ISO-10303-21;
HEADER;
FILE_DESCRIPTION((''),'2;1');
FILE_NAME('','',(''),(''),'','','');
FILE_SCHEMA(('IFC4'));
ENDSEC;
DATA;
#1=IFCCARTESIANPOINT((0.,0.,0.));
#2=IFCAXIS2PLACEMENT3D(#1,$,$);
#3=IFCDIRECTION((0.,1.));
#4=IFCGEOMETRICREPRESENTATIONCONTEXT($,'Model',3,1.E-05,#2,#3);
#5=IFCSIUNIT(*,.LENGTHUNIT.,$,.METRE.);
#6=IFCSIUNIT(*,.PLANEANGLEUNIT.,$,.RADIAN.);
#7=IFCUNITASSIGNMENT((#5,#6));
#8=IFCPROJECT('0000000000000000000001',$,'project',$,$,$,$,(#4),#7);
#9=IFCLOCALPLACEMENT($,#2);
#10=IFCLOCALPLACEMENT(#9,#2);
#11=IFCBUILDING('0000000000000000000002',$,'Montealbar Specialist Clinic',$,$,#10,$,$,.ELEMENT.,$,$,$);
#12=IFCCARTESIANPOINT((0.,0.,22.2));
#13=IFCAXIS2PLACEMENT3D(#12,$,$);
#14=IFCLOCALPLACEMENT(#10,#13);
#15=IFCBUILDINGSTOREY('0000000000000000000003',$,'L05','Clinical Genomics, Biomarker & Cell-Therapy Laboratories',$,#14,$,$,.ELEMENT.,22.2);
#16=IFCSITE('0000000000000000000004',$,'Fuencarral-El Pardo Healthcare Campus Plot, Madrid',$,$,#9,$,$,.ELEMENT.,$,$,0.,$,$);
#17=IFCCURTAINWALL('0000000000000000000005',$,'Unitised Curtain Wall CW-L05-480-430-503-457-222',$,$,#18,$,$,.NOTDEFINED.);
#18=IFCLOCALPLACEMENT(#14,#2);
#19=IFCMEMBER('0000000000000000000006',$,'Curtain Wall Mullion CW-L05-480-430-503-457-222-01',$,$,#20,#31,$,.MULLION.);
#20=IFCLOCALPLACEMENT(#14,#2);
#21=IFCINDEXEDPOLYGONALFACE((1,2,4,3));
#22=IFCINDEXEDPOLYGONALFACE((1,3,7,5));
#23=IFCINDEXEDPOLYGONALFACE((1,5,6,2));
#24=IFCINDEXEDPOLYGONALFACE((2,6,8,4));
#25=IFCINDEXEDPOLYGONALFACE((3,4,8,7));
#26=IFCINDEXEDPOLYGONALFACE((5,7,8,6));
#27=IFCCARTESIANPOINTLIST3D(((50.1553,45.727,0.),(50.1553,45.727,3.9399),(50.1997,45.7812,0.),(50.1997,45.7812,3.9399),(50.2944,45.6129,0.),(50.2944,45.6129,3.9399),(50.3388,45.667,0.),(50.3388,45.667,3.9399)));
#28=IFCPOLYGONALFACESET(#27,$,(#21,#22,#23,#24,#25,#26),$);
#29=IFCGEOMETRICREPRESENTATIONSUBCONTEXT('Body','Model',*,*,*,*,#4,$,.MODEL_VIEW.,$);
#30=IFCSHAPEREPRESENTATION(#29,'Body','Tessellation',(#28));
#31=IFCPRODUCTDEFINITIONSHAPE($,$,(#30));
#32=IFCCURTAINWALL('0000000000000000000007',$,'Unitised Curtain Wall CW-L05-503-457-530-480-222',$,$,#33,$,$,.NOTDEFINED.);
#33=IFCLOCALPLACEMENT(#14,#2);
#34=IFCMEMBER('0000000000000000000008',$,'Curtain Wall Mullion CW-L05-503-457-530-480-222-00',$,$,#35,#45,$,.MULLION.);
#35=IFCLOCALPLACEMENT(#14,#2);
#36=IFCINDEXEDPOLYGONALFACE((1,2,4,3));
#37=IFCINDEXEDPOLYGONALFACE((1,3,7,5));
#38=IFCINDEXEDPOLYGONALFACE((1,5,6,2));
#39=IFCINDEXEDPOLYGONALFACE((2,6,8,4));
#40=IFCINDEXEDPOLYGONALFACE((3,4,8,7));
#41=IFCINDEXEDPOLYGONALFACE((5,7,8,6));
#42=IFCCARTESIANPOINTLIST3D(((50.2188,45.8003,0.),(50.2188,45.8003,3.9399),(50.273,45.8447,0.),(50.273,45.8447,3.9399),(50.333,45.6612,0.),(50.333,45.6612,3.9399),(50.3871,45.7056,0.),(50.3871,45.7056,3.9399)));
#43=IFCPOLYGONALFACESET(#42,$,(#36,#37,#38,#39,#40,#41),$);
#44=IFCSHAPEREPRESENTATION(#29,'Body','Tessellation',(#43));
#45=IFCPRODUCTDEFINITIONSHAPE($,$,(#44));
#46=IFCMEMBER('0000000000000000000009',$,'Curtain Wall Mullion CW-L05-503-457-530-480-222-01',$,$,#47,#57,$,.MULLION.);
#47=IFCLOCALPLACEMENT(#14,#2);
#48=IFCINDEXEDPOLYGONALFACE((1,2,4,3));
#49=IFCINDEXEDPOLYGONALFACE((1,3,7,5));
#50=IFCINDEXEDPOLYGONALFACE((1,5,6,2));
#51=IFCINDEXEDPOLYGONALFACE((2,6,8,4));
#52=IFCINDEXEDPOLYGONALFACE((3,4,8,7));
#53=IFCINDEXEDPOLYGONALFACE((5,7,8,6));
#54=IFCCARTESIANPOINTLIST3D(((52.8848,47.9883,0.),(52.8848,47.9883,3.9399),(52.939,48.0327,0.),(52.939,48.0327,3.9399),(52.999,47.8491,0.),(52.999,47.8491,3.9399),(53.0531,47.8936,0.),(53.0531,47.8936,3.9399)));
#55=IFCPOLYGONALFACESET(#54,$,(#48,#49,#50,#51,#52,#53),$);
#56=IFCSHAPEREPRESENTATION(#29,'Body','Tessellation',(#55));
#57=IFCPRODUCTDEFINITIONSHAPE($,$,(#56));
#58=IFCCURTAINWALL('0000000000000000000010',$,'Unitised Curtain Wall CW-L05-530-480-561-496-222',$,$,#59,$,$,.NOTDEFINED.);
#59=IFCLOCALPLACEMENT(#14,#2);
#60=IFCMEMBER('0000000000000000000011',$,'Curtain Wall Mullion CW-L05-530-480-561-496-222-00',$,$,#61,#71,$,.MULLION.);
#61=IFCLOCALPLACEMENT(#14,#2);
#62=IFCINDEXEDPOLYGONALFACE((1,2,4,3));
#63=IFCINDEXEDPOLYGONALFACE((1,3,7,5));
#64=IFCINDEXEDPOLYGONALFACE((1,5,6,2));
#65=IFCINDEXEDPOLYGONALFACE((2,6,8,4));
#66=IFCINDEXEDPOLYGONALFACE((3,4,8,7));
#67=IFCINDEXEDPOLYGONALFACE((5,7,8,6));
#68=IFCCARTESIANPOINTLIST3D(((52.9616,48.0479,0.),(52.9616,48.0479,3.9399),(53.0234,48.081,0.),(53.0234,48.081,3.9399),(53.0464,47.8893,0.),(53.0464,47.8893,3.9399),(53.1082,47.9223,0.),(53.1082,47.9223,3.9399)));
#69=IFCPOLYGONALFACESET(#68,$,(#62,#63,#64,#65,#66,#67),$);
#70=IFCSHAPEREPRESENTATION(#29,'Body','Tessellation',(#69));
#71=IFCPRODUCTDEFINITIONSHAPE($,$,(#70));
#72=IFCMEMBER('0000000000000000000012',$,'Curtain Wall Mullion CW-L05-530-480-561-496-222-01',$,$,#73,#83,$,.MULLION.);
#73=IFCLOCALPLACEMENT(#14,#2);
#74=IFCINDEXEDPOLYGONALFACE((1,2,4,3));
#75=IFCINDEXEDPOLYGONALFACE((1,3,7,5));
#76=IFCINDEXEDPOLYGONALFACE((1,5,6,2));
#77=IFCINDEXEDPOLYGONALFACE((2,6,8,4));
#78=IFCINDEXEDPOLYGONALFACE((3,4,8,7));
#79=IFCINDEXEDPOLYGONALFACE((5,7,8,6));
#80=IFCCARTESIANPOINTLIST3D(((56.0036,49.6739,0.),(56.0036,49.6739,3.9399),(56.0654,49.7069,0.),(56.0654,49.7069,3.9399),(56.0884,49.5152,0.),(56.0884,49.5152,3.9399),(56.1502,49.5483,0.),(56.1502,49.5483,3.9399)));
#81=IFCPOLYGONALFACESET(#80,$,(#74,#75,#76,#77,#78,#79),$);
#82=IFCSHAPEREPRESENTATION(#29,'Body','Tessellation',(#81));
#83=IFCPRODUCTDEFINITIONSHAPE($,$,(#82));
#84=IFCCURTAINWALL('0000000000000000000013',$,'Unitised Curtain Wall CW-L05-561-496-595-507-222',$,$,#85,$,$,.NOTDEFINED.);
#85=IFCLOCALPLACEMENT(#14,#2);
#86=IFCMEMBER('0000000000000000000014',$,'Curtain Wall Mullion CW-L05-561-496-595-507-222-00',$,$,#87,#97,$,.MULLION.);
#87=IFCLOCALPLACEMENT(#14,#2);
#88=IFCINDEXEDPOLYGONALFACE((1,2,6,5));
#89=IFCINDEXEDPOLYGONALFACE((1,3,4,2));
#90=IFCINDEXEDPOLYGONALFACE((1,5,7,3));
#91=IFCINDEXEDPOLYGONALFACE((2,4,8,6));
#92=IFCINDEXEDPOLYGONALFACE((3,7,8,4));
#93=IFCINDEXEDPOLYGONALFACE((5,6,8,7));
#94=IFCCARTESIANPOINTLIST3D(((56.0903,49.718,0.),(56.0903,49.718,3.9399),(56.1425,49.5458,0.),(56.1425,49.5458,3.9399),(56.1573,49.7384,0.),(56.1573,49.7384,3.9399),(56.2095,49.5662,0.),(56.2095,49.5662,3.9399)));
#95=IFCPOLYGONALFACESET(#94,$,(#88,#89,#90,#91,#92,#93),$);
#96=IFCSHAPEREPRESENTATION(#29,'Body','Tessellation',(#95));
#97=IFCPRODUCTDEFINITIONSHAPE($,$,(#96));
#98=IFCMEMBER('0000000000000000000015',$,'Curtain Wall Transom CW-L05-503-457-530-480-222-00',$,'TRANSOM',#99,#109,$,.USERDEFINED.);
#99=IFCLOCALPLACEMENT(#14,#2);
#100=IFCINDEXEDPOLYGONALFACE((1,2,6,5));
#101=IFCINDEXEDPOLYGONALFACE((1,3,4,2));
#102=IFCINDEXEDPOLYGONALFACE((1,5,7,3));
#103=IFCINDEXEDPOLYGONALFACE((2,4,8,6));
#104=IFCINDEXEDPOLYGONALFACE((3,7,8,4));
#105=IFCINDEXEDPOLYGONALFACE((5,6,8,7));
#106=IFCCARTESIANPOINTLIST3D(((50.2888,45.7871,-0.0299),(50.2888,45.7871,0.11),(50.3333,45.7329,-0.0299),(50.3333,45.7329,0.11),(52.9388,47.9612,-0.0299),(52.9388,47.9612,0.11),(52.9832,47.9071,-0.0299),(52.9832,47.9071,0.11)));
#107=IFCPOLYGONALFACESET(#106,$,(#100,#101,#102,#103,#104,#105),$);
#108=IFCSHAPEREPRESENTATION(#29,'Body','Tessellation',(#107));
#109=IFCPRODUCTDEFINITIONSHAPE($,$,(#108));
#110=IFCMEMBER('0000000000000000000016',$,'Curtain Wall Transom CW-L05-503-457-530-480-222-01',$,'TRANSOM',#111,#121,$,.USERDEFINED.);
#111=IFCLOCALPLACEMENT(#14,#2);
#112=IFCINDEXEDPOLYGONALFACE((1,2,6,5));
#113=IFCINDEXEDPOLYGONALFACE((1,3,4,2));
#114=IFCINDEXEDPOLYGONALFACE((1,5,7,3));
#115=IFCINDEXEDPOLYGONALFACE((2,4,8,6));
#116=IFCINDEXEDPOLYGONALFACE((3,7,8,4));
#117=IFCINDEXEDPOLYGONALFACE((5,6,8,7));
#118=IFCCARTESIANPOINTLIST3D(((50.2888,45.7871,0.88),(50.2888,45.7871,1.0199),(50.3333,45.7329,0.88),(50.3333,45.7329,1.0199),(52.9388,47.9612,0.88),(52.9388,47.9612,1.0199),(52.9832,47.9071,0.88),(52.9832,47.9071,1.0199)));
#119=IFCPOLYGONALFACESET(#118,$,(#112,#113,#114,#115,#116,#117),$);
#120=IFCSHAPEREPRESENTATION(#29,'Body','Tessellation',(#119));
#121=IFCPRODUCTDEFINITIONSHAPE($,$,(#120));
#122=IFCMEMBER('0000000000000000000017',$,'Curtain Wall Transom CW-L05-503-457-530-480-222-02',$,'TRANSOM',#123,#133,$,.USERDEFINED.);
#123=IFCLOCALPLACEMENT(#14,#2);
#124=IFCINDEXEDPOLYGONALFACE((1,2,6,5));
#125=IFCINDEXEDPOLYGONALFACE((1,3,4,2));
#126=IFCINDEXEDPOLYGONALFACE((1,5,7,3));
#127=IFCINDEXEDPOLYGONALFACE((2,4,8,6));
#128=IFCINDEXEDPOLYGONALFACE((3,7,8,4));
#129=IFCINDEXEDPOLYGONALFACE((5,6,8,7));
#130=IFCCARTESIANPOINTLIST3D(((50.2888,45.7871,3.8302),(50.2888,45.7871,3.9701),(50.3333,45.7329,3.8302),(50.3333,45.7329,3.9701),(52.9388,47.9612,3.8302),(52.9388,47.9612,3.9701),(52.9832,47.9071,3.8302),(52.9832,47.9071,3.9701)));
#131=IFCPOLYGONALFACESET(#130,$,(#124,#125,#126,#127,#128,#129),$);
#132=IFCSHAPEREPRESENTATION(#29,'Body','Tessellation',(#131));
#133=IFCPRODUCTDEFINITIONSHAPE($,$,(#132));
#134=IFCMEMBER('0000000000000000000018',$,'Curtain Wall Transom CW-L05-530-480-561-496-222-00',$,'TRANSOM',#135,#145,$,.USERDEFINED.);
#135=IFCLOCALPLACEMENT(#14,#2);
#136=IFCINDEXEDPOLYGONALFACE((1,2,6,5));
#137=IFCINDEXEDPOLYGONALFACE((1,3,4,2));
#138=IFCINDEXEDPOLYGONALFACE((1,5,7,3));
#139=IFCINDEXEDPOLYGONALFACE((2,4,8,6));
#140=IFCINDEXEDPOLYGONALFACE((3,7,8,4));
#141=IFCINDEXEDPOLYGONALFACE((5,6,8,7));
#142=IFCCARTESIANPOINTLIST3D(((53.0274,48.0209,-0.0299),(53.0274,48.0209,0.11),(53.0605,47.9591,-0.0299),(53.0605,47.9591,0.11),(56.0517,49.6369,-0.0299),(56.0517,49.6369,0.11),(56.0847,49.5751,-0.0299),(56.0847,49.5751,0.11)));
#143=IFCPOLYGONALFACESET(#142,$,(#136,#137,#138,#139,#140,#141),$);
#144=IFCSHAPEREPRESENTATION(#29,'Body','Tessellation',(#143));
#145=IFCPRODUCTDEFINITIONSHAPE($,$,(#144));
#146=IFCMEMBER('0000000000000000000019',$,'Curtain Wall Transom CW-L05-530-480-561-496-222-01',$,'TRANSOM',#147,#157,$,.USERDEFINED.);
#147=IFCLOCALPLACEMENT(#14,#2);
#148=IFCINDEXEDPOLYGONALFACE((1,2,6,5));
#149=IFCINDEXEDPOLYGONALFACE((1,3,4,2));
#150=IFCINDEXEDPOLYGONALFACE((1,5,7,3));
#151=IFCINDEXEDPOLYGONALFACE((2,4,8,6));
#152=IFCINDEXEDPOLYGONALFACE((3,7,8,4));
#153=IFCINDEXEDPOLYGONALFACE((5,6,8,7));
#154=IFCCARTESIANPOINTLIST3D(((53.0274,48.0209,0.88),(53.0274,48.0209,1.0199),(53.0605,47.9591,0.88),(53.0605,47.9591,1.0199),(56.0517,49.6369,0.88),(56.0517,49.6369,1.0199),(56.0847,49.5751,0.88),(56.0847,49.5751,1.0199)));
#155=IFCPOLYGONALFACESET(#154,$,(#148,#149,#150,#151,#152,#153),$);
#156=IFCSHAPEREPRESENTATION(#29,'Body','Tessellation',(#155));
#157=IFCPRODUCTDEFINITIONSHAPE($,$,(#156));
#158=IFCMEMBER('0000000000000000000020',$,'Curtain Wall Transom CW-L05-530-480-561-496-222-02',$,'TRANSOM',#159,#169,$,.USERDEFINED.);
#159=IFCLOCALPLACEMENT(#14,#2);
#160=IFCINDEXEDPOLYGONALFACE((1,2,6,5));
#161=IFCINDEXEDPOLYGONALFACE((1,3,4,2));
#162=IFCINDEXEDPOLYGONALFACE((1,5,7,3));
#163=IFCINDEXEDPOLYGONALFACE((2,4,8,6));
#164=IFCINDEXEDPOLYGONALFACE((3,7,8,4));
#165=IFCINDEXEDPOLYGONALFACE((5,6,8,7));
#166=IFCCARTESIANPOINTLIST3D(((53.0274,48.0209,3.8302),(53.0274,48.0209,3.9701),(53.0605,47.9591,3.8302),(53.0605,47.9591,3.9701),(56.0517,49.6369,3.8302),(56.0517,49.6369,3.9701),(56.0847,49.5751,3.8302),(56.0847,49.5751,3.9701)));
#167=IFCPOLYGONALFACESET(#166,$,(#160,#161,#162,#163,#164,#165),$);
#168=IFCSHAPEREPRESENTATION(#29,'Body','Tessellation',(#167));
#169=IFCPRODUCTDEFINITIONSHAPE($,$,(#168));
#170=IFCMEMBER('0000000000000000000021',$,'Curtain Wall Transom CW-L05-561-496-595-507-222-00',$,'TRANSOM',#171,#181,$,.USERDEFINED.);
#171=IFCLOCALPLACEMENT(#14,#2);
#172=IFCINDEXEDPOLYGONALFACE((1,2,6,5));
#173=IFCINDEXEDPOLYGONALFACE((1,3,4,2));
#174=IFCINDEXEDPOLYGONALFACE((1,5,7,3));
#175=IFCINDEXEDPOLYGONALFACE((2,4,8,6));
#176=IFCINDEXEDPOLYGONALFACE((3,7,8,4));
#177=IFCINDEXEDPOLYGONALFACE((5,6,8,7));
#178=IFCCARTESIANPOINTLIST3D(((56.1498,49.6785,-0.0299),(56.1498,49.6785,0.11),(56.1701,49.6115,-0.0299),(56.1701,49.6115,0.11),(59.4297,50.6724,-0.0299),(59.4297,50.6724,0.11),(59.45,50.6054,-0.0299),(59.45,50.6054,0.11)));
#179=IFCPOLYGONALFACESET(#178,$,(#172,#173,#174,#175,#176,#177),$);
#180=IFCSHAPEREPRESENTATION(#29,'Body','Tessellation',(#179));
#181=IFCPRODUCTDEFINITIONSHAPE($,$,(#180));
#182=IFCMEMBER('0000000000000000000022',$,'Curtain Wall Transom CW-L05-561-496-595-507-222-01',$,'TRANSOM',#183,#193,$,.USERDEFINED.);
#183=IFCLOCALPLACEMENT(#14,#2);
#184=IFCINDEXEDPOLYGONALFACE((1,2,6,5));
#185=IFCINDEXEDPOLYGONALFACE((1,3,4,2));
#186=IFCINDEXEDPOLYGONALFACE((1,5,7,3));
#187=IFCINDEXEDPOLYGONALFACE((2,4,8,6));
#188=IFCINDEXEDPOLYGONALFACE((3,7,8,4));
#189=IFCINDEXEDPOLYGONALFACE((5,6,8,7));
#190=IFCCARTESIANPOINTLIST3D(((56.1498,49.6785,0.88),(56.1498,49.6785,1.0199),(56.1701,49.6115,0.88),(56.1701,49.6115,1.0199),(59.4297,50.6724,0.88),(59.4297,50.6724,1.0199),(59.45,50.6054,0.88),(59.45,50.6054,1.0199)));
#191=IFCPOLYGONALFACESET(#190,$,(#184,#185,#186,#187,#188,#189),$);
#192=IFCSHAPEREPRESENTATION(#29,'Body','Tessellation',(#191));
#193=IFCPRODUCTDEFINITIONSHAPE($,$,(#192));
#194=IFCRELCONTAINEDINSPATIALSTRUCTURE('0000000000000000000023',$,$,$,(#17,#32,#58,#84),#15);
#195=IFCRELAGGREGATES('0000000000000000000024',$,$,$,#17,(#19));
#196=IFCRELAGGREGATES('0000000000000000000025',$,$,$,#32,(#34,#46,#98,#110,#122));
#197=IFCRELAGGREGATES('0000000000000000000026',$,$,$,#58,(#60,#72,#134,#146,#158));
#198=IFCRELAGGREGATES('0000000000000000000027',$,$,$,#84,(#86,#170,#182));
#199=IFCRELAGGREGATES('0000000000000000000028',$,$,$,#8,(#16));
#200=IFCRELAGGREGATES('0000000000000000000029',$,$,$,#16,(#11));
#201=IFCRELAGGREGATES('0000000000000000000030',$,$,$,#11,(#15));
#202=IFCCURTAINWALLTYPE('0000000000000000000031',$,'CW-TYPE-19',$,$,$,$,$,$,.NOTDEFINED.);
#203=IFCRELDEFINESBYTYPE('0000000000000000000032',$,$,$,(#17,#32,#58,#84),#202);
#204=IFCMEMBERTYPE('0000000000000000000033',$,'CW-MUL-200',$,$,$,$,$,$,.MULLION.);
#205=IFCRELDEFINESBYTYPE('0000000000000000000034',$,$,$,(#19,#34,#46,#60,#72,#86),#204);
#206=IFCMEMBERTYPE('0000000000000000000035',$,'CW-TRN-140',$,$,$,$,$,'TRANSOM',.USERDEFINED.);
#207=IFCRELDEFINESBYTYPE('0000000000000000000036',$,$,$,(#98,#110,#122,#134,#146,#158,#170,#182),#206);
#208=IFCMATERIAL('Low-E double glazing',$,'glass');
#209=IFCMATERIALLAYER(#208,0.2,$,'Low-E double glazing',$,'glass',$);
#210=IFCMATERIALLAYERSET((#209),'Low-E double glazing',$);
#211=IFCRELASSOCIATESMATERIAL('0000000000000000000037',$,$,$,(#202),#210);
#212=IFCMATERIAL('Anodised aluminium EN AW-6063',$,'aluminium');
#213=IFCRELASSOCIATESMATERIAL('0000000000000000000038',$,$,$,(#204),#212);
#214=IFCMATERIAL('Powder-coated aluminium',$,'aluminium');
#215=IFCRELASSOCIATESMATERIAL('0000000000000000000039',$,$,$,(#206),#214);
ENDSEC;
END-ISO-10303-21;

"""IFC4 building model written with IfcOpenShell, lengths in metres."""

from ifc_helpers import new_model, si_unit, direction, frame, origin, origin_2d, place, context, subcontext, project, spatial, rectangle, extrude, material, layer, layer_set, material_profile, profile_set, type_object, element, aggregate, save


model = new_model("IFC4")

# Units and contexts
model_context = context("Model", 3, precision=1e-05, world=origin(), true_north=direction((0.0, 1.0)))
body_context = subcontext(model_context, "Body", "Model", "MODEL_VIEW")
ifc_project = project(units=[si_unit("LENGTHUNIT", "METRE"), si_unit("PLANEANGLEUNIT", "RADIAN")], contexts=[model_context])

# Site, building, storey
site_placement = place(None, origin())
site = spatial("IfcSite", under=ifc_project, at=site_placement, Name="Fuencarral-El Pardo Healthcare Campus Plot, Madrid", CompositionType="ELEMENT", RefElevation=0.0)
building_placement = place(site_placement, origin())
building = spatial("IfcBuilding", under=site, at=building_placement, Name="Montealbar Specialist Clinic", CompositionType="ELEMENT")
storey_placement = place(building_placement, frame((0.0, 0.0, 22.2)))
storey = spatial("IfcBuildingStorey", under=building, at=storey_placement, Name="L05", Description="Clinical Genomics, Biomarker & Cell-Therapy Laboratories", CompositionType="ELEMENT", Elevation=22.2)

# Curtain wall, member
ifc_material_1 = material(Name="Low-E double glazing", Category="glass")
ifc_layer_1 = layer(ifc_material_1, 0.2, Name="Low-E double glazing", Category="glass")
ifc_layer_set_1 = layer_set([ifc_layer_1], Name="Low-E double glazing")
curtain_wall_type = type_object("IfcCurtainWallType", Name="CW-TYPE-19", PredefinedType="NOTDEFINED", material=ifc_layer_set_1)
curtain_wall_1_placement = place(storey_placement, origin())
curtain_wall_1 = element("IfcCurtainWall", 1, at=curtain_wall_1_placement, inside=storey, type_object=curtain_wall_type, Name="Unitised Curtain Wall CW-L05-480-430-503-457-222", PredefinedType="NOTDEFINED")
ifc_material_2 = material(Name="Anodised aluminium EN AW-6063", Category="aluminium")
ifc_material_profile_1 = material_profile(ifc_material_2, rectangle(XDim=0.0701, YDim=0.1799, at=origin_2d()), Name="ALU 70x180", Category="aluminium")
ifc_profile_set_1 = profile_set([ifc_material_profile_1], Name="Anodised aluminium EN AW-6063")
member_type_1 = type_object("IfcMemberType", Name="CW-MUL-200", PredefinedType="MULLION", material=ifc_profile_set_1)
member_1_placement = place(storey_placement, frame((50.2471, 45.697, 0.0), z_axis=(0.0, 0.0, 1.0), x_axis=(0.634256, 0.773123, 0.0)))
member_1 = element("IfcMember", 2, at=member_1_placement, type_object=member_type_1, Name="Curtain Wall Mullion CW-L05-480-430-503-457-222-01", PredefinedType="MULLION", context=body_context, shape_type="SweptSolid", body=[
    extrude(rectangle(XDim=0.0701, YDim=0.1799, at=origin_2d()), origin(), (0.0, 0.0, 1.0), 3.9399),
])
aggregate(curtain_wall_1, [member_1])

# Curtain walls, members
curtain_wall_2_placement = place(storey_placement, origin())
curtain_wall_2 = element("IfcCurtainWall", 3, at=curtain_wall_2_placement, inside=storey, type_object=curtain_wall_type, Name="Unitised Curtain Wall CW-L05-503-457-530-480-222", PredefinedType="NOTDEFINED")
member_2_placement = place(storey_placement, frame((50.303, 45.7529, 0.0), z_axis=(0.0, 0.0, 1.0), x_axis=(0.773123, 0.634256, 0.0)))
member_2 = element("IfcMember", 4, at=member_2_placement, type_object=member_type_1, Name="Curtain Wall Mullion CW-L05-503-457-530-480-222-00", PredefinedType="MULLION", context=body_context, shape_type="SweptSolid", body=[
    extrude(rectangle(XDim=0.0701, YDim=0.1799, at=origin_2d()), origin(), (0.0, 0.0, 1.0), 3.9399),
])
member_3_placement = place(storey_placement, frame((52.969, 47.9409, 0.0), z_axis=(0.0, 0.0, 1.0), x_axis=(0.773123, 0.634256, 0.0)))
member_3 = element("IfcMember", 5, at=member_3_placement, type_object=member_type_1, Name="Curtain Wall Mullion CW-L05-503-457-530-480-222-01", PredefinedType="MULLION", context=body_context, shape_type="SweptSolid", body=[
    extrude(rectangle(XDim=0.0701, YDim=0.1799, at=origin_2d()), origin(), (0.0, 0.0, 1.0), 3.9399),
])
curtain_wall_3_placement = place(storey_placement, origin())
curtain_wall_3 = element("IfcCurtainWall", 6, at=curtain_wall_3_placement, inside=storey, type_object=curtain_wall_type, Name="Unitised Curtain Wall CW-L05-530-480-561-496-222", PredefinedType="NOTDEFINED")
member_4_placement = place(storey_placement, frame((53.0349, 47.9851, 0.0), z_axis=(0.0, 0.0, 1.0), x_axis=(0.88185, 0.471529, 0.0)))
member_4 = element("IfcMember", 7, at=member_4_placement, type_object=member_type_1, Name="Curtain Wall Mullion CW-L05-530-480-561-496-222-00", PredefinedType="MULLION", context=body_context, shape_type="SweptSolid", body=[
    extrude(rectangle(XDim=0.0701, YDim=0.1799, at=origin_2d()), origin(), (0.0, 0.0, 1.0), 3.9399),
])
member_5_placement = place(storey_placement, frame((56.0769, 49.6111, 0.0), z_axis=(0.0, 0.0, 1.0), x_axis=(0.88185, 0.471529, 0.0)))
member_5 = element("IfcMember", 8, at=member_5_placement, type_object=member_type_1, Name="Curtain Wall Mullion CW-L05-530-480-561-496-222-01", PredefinedType="MULLION", context=body_context, shape_type="SweptSolid", body=[
    extrude(rectangle(XDim=0.0701, YDim=0.1799, at=origin_2d()), origin(), (0.0, 0.0, 1.0), 3.9399),
])

# Curtain wall, member
curtain_wall_4_placement = place(storey_placement, origin())
curtain_wall_4 = element("IfcCurtainWall", 9, at=curtain_wall_4_placement, inside=storey, type_object=curtain_wall_type, Name="Unitised Curtain Wall CW-L05-561-496-595-507-222", PredefinedType="NOTDEFINED")
member_6_placement = place(storey_placement, frame((56.1499, 49.6421, 0.0), z_axis=(0.0, 0.0, 1.0), x_axis=(0.956948, 0.290259, 0.0)))
member_6 = element("IfcMember", 10, at=member_6_placement, type_object=member_type_1, Name="Curtain Wall Mullion CW-L05-561-496-595-507-222-00", PredefinedType="MULLION", context=body_context, shape_type="SweptSolid", body=[
    extrude(rectangle(XDim=0.0701, YDim=0.1799, at=origin_2d()), origin(), (0.0, 0.0, 1.0), 3.9399),
])

# Members
ifc_material_3 = material(Name="Powder-coated aluminium", Category="aluminium")
ifc_material_profile_2 = material_profile(ifc_material_3, rectangle(XDim=0.0701, YDim=0.1399, at=origin_2d()), Name="ALU 70x140", Category="aluminium")
ifc_profile_set_2 = profile_set([ifc_material_profile_2], Name="Powder-coated aluminium")
member_type_2 = type_object("IfcMemberType", Name="CW-TRN-140", ElementType="TRANSOM", PredefinedType="USERDEFINED", material=ifc_profile_set_2)
member_7_placement = place(storey_placement, frame((50.311, 45.76, 0.04), z_axis=(0.773103, 0.634281, 0.0), x_axis=(-0.634281, 0.773103, 0.0)))
member_7 = element("IfcMember", 11, at=member_7_placement, type_object=member_type_2, Name="Curtain Wall Transom CW-L05-503-457-530-480-222-00", ObjectType="TRANSOM", PredefinedType="USERDEFINED", context=body_context, shape_type="SweptSolid", body=[
    extrude(rectangle(XDim=0.0701, YDim=0.1399, at=origin_2d()), origin(), (0.0, 0.0, 1.0), 3.4277),
])
member_8_placement = place(storey_placement, frame((50.311, 45.76, 0.95), z_axis=(0.773103, 0.634281, 0.0), x_axis=(-0.634281, 0.773103, 0.0)))
member_8 = element("IfcMember", 12, at=member_8_placement, type_object=member_type_2, Name="Curtain Wall Transom CW-L05-503-457-530-480-222-01", ObjectType="TRANSOM", PredefinedType="USERDEFINED", context=body_context, shape_type="SweptSolid", body=[
    extrude(rectangle(XDim=0.0701, YDim=0.1399, at=origin_2d()), origin(), (0.0, 0.0, 1.0), 3.4277),
])
member_9_placement = place(storey_placement, frame((50.311, 45.76, 3.9001), z_axis=(0.773103, 0.634281, 0.0), x_axis=(-0.634281, 0.773103, 0.0)))
member_9 = element("IfcMember", 13, at=member_9_placement, type_object=member_type_2, Name="Curtain Wall Transom CW-L05-503-457-530-480-222-02", ObjectType="TRANSOM", PredefinedType="USERDEFINED", context=body_context, shape_type="SweptSolid", body=[
    extrude(rectangle(XDim=0.0701, YDim=0.1399, at=origin_2d()), origin(), (0.0, 0.0, 1.0), 3.4277),
])
member_10_placement = place(storey_placement, frame((53.0439, 47.99, 0.04), z_axis=(0.88198, 0.471287, 0.0), x_axis=(-0.471287, 0.88198, 0.0)))
member_10 = element("IfcMember", 14, at=member_10_placement, type_object=member_type_2, Name="Curtain Wall Transom CW-L05-530-480-561-496-222-00", ObjectType="TRANSOM", PredefinedType="USERDEFINED", context=body_context, shape_type="SweptSolid", body=[
    extrude(rectangle(XDim=0.0701, YDim=0.1399, at=origin_2d()), origin(), (0.0, 0.0, 1.0), 3.429),
])
member_11_placement = place(storey_placement, frame((53.0439, 47.99, 0.95), z_axis=(0.88198, 0.471287, 0.0), x_axis=(-0.471287, 0.88198, 0.0)))
member_11 = element("IfcMember", 15, at=member_11_placement, type_object=member_type_2, Name="Curtain Wall Transom CW-L05-530-480-561-496-222-01", ObjectType="TRANSOM", PredefinedType="USERDEFINED", context=body_context, shape_type="SweptSolid", body=[
    extrude(rectangle(XDim=0.0701, YDim=0.1399, at=origin_2d()), origin(), (0.0, 0.0, 1.0), 3.429),
])
member_12_placement = place(storey_placement, frame((53.0439, 47.99, 3.9001), z_axis=(0.88198, 0.471287, 0.0), x_axis=(-0.471287, 0.88198, 0.0)))
member_12 = element("IfcMember", 16, at=member_12_placement, type_object=member_type_2, Name="Curtain Wall Transom CW-L05-530-480-561-496-222-02", ObjectType="TRANSOM", PredefinedType="USERDEFINED", context=body_context, shape_type="SweptSolid", body=[
    extrude(rectangle(XDim=0.0701, YDim=0.1399, at=origin_2d()), origin(), (0.0, 0.0, 1.0), 3.429),
])
member_13_placement = place(storey_placement, frame((56.1599, 49.645, 0.04), z_axis=(0.957029, 0.289994, 0.0), x_axis=(-0.289994, 0.957029, 0.0)))
member_13 = element("IfcMember", 17, at=member_13_placement, type_object=member_type_2, Name="Curtain Wall Transom CW-L05-561-496-595-507-222-00", ObjectType="TRANSOM", PredefinedType="USERDEFINED", context=body_context, shape_type="SweptSolid", body=[
    extrude(rectangle(XDim=0.0701, YDim=0.1399, at=origin_2d()), origin(), (0.0, 0.0, 1.0), 3.4272),
])
member_14_placement = place(storey_placement, frame((56.1599, 49.645, 0.95), z_axis=(0.957029, 0.289994, 0.0), x_axis=(-0.289994, 0.957029, 0.0)))
member_14 = element("IfcMember", 18, at=member_14_placement, type_object=member_type_2, Name="Curtain Wall Transom CW-L05-561-496-595-507-222-01", ObjectType="TRANSOM", PredefinedType="USERDEFINED", context=body_context, shape_type="SweptSolid", body=[
    extrude(rectangle(XDim=0.0701, YDim=0.1399, at=origin_2d()), origin(), (0.0, 0.0, 1.0), 3.4272),
])

aggregate(curtain_wall_2, [member_2, member_3, member_7, member_8, member_9])
aggregate(curtain_wall_3, [member_4, member_5, member_10, member_11, member_12])
aggregate(curtain_wall_4, [member_6, member_13, member_14])

save(model, "model.ifc")
